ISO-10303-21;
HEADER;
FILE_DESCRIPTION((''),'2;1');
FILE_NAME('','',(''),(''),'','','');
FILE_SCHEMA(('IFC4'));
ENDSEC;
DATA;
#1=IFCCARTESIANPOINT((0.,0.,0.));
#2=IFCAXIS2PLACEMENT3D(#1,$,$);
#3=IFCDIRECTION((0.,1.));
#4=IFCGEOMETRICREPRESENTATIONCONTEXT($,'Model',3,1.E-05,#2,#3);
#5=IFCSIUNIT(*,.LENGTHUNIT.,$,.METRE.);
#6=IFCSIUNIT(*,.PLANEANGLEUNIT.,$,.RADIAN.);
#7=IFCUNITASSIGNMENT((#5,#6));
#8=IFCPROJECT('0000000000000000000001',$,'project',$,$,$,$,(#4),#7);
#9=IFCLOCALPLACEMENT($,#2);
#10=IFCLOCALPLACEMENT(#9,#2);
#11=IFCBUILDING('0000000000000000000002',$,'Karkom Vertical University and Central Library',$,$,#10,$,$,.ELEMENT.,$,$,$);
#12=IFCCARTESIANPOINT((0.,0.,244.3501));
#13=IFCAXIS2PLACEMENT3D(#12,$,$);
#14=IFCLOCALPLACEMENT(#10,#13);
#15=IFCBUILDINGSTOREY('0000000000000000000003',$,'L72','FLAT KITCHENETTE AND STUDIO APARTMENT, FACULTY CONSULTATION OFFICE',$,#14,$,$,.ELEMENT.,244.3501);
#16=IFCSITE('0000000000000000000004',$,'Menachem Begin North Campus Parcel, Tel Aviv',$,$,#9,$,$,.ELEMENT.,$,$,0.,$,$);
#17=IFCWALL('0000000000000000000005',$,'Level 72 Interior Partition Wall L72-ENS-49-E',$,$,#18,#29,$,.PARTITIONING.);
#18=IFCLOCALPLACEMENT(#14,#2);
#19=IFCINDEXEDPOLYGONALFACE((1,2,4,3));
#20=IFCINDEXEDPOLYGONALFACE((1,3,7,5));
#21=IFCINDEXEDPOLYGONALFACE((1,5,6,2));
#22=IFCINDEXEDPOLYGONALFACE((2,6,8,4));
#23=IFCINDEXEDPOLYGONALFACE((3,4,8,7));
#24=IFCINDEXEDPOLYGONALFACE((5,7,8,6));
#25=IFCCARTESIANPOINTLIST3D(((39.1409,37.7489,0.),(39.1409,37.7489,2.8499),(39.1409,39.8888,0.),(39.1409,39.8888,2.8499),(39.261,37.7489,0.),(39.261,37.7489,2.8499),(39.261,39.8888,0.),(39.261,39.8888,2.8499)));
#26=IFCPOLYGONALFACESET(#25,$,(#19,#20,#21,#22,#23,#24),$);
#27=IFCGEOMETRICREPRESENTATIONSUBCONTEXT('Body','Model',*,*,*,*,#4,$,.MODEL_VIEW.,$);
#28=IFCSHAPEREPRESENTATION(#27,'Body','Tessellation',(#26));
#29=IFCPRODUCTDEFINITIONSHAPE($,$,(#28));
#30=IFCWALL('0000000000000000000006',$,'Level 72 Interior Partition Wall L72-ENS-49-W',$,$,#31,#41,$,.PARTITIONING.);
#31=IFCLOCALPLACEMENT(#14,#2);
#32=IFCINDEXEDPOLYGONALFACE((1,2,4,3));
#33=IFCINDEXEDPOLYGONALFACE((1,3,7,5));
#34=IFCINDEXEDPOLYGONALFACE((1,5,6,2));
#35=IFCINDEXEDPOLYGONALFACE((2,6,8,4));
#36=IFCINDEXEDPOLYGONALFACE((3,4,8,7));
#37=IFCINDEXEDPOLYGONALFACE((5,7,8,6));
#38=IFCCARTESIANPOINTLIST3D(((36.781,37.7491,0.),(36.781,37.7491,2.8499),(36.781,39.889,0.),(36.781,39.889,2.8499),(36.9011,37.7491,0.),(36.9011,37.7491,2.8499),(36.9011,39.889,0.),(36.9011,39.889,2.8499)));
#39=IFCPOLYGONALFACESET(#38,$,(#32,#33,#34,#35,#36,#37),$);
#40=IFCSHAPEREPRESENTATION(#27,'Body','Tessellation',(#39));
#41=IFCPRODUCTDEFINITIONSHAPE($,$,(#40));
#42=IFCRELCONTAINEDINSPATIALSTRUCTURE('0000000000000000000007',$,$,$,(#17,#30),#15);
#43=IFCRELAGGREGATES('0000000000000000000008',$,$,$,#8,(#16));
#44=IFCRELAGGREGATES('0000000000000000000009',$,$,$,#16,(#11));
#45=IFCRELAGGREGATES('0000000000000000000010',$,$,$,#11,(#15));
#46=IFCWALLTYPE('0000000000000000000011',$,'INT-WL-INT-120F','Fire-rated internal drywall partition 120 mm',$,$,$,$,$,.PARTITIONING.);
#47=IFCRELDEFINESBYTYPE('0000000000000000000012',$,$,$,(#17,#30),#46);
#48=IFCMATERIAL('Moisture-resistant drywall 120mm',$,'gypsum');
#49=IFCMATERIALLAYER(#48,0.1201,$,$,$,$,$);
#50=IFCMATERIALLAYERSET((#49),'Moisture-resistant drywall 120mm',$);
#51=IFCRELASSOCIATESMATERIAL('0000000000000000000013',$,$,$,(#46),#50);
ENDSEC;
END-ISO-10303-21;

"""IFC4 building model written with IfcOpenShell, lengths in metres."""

from ifc_helpers import new_model, si_unit, direction, frame, frame_2d, origin, place, context, subcontext, project, spatial, rectangle, extrude, material, layer, layer_set, type_object, element, save


model = new_model("IFC4")

# Units and contexts
model_context = context("Model", 3, precision=1e-05, world=origin(), true_north=direction((0.0, 1.0)))
body_context = subcontext(model_context, "Body", "Model", "MODEL_VIEW")
ifc_project = project(units=[si_unit("LENGTHUNIT", "METRE"), si_unit("PLANEANGLEUNIT", "RADIAN")], contexts=[model_context])

# Site, building, storey
site_placement = place(None, origin())
site = spatial("IfcSite", under=ifc_project, at=site_placement, Name="Menachem Begin North Campus Parcel, Tel Aviv", CompositionType="ELEMENT", RefElevation=0.0)
building_placement = place(site_placement, origin())
building = spatial("IfcBuilding", under=site, at=building_placement, Name="Karkom Vertical University and Central Library", CompositionType="ELEMENT")
storey_placement = place(building_placement, frame((0.0, 0.0, 244.3501)))
storey = spatial("IfcBuildingStorey", under=building, at=storey_placement, Name="L72", Description="FLAT KITCHENETTE AND STUDIO APARTMENT, FACULTY CONSULTATION OFFICE", CompositionType="ELEMENT", Elevation=244.3501)

# Shared definitions
ifc_material_1 = material(Name="Moisture-resistant drywall 120mm", Category="gypsum")
ifc_layer_1 = layer(ifc_material_1, 0.1201)
ifc_layer_set_1 = layer_set([ifc_layer_1], Name="Moisture-resistant drywall 120mm")
wall_type_1 = type_object("IfcWallType", Name="INT-WL-INT-120F", Description="Fire-rated internal drywall partition 120 mm", PredefinedType="PARTITIONING", material=ifc_layer_set_1)

# Walls
for number, where, z_axis, x_axis, name in (
    (1, (39.2009, 37.749, 0.0), (0.0, 0.0, 1.0), (0.0, 1.0, 0.0), "Level 72 Interior Partition Wall L72-ENS-49-E"),
    (2, (36.8411, 39.8889, 0.0), (0.0, 0.0, 1.0), (0.0, -1.0, 0.0), "Level 72 Interior Partition Wall L72-ENS-49-W"),
):
    element("IfcWall", number, at=place(storey_placement, frame(where, z_axis=z_axis, x_axis=x_axis)), inside=storey, type_object=wall_type_1, Name=name, PredefinedType="PARTITIONING", context=body_context, shape_type="SweptSolid", body=[
        extrude(rectangle(XDim=2.1399, YDim=0.1201, at=frame_2d((1.0698, 0.0))), origin(), (0.0, 0.0, 1.0), 2.8499),
    ])

save(model, "model.ifc")
